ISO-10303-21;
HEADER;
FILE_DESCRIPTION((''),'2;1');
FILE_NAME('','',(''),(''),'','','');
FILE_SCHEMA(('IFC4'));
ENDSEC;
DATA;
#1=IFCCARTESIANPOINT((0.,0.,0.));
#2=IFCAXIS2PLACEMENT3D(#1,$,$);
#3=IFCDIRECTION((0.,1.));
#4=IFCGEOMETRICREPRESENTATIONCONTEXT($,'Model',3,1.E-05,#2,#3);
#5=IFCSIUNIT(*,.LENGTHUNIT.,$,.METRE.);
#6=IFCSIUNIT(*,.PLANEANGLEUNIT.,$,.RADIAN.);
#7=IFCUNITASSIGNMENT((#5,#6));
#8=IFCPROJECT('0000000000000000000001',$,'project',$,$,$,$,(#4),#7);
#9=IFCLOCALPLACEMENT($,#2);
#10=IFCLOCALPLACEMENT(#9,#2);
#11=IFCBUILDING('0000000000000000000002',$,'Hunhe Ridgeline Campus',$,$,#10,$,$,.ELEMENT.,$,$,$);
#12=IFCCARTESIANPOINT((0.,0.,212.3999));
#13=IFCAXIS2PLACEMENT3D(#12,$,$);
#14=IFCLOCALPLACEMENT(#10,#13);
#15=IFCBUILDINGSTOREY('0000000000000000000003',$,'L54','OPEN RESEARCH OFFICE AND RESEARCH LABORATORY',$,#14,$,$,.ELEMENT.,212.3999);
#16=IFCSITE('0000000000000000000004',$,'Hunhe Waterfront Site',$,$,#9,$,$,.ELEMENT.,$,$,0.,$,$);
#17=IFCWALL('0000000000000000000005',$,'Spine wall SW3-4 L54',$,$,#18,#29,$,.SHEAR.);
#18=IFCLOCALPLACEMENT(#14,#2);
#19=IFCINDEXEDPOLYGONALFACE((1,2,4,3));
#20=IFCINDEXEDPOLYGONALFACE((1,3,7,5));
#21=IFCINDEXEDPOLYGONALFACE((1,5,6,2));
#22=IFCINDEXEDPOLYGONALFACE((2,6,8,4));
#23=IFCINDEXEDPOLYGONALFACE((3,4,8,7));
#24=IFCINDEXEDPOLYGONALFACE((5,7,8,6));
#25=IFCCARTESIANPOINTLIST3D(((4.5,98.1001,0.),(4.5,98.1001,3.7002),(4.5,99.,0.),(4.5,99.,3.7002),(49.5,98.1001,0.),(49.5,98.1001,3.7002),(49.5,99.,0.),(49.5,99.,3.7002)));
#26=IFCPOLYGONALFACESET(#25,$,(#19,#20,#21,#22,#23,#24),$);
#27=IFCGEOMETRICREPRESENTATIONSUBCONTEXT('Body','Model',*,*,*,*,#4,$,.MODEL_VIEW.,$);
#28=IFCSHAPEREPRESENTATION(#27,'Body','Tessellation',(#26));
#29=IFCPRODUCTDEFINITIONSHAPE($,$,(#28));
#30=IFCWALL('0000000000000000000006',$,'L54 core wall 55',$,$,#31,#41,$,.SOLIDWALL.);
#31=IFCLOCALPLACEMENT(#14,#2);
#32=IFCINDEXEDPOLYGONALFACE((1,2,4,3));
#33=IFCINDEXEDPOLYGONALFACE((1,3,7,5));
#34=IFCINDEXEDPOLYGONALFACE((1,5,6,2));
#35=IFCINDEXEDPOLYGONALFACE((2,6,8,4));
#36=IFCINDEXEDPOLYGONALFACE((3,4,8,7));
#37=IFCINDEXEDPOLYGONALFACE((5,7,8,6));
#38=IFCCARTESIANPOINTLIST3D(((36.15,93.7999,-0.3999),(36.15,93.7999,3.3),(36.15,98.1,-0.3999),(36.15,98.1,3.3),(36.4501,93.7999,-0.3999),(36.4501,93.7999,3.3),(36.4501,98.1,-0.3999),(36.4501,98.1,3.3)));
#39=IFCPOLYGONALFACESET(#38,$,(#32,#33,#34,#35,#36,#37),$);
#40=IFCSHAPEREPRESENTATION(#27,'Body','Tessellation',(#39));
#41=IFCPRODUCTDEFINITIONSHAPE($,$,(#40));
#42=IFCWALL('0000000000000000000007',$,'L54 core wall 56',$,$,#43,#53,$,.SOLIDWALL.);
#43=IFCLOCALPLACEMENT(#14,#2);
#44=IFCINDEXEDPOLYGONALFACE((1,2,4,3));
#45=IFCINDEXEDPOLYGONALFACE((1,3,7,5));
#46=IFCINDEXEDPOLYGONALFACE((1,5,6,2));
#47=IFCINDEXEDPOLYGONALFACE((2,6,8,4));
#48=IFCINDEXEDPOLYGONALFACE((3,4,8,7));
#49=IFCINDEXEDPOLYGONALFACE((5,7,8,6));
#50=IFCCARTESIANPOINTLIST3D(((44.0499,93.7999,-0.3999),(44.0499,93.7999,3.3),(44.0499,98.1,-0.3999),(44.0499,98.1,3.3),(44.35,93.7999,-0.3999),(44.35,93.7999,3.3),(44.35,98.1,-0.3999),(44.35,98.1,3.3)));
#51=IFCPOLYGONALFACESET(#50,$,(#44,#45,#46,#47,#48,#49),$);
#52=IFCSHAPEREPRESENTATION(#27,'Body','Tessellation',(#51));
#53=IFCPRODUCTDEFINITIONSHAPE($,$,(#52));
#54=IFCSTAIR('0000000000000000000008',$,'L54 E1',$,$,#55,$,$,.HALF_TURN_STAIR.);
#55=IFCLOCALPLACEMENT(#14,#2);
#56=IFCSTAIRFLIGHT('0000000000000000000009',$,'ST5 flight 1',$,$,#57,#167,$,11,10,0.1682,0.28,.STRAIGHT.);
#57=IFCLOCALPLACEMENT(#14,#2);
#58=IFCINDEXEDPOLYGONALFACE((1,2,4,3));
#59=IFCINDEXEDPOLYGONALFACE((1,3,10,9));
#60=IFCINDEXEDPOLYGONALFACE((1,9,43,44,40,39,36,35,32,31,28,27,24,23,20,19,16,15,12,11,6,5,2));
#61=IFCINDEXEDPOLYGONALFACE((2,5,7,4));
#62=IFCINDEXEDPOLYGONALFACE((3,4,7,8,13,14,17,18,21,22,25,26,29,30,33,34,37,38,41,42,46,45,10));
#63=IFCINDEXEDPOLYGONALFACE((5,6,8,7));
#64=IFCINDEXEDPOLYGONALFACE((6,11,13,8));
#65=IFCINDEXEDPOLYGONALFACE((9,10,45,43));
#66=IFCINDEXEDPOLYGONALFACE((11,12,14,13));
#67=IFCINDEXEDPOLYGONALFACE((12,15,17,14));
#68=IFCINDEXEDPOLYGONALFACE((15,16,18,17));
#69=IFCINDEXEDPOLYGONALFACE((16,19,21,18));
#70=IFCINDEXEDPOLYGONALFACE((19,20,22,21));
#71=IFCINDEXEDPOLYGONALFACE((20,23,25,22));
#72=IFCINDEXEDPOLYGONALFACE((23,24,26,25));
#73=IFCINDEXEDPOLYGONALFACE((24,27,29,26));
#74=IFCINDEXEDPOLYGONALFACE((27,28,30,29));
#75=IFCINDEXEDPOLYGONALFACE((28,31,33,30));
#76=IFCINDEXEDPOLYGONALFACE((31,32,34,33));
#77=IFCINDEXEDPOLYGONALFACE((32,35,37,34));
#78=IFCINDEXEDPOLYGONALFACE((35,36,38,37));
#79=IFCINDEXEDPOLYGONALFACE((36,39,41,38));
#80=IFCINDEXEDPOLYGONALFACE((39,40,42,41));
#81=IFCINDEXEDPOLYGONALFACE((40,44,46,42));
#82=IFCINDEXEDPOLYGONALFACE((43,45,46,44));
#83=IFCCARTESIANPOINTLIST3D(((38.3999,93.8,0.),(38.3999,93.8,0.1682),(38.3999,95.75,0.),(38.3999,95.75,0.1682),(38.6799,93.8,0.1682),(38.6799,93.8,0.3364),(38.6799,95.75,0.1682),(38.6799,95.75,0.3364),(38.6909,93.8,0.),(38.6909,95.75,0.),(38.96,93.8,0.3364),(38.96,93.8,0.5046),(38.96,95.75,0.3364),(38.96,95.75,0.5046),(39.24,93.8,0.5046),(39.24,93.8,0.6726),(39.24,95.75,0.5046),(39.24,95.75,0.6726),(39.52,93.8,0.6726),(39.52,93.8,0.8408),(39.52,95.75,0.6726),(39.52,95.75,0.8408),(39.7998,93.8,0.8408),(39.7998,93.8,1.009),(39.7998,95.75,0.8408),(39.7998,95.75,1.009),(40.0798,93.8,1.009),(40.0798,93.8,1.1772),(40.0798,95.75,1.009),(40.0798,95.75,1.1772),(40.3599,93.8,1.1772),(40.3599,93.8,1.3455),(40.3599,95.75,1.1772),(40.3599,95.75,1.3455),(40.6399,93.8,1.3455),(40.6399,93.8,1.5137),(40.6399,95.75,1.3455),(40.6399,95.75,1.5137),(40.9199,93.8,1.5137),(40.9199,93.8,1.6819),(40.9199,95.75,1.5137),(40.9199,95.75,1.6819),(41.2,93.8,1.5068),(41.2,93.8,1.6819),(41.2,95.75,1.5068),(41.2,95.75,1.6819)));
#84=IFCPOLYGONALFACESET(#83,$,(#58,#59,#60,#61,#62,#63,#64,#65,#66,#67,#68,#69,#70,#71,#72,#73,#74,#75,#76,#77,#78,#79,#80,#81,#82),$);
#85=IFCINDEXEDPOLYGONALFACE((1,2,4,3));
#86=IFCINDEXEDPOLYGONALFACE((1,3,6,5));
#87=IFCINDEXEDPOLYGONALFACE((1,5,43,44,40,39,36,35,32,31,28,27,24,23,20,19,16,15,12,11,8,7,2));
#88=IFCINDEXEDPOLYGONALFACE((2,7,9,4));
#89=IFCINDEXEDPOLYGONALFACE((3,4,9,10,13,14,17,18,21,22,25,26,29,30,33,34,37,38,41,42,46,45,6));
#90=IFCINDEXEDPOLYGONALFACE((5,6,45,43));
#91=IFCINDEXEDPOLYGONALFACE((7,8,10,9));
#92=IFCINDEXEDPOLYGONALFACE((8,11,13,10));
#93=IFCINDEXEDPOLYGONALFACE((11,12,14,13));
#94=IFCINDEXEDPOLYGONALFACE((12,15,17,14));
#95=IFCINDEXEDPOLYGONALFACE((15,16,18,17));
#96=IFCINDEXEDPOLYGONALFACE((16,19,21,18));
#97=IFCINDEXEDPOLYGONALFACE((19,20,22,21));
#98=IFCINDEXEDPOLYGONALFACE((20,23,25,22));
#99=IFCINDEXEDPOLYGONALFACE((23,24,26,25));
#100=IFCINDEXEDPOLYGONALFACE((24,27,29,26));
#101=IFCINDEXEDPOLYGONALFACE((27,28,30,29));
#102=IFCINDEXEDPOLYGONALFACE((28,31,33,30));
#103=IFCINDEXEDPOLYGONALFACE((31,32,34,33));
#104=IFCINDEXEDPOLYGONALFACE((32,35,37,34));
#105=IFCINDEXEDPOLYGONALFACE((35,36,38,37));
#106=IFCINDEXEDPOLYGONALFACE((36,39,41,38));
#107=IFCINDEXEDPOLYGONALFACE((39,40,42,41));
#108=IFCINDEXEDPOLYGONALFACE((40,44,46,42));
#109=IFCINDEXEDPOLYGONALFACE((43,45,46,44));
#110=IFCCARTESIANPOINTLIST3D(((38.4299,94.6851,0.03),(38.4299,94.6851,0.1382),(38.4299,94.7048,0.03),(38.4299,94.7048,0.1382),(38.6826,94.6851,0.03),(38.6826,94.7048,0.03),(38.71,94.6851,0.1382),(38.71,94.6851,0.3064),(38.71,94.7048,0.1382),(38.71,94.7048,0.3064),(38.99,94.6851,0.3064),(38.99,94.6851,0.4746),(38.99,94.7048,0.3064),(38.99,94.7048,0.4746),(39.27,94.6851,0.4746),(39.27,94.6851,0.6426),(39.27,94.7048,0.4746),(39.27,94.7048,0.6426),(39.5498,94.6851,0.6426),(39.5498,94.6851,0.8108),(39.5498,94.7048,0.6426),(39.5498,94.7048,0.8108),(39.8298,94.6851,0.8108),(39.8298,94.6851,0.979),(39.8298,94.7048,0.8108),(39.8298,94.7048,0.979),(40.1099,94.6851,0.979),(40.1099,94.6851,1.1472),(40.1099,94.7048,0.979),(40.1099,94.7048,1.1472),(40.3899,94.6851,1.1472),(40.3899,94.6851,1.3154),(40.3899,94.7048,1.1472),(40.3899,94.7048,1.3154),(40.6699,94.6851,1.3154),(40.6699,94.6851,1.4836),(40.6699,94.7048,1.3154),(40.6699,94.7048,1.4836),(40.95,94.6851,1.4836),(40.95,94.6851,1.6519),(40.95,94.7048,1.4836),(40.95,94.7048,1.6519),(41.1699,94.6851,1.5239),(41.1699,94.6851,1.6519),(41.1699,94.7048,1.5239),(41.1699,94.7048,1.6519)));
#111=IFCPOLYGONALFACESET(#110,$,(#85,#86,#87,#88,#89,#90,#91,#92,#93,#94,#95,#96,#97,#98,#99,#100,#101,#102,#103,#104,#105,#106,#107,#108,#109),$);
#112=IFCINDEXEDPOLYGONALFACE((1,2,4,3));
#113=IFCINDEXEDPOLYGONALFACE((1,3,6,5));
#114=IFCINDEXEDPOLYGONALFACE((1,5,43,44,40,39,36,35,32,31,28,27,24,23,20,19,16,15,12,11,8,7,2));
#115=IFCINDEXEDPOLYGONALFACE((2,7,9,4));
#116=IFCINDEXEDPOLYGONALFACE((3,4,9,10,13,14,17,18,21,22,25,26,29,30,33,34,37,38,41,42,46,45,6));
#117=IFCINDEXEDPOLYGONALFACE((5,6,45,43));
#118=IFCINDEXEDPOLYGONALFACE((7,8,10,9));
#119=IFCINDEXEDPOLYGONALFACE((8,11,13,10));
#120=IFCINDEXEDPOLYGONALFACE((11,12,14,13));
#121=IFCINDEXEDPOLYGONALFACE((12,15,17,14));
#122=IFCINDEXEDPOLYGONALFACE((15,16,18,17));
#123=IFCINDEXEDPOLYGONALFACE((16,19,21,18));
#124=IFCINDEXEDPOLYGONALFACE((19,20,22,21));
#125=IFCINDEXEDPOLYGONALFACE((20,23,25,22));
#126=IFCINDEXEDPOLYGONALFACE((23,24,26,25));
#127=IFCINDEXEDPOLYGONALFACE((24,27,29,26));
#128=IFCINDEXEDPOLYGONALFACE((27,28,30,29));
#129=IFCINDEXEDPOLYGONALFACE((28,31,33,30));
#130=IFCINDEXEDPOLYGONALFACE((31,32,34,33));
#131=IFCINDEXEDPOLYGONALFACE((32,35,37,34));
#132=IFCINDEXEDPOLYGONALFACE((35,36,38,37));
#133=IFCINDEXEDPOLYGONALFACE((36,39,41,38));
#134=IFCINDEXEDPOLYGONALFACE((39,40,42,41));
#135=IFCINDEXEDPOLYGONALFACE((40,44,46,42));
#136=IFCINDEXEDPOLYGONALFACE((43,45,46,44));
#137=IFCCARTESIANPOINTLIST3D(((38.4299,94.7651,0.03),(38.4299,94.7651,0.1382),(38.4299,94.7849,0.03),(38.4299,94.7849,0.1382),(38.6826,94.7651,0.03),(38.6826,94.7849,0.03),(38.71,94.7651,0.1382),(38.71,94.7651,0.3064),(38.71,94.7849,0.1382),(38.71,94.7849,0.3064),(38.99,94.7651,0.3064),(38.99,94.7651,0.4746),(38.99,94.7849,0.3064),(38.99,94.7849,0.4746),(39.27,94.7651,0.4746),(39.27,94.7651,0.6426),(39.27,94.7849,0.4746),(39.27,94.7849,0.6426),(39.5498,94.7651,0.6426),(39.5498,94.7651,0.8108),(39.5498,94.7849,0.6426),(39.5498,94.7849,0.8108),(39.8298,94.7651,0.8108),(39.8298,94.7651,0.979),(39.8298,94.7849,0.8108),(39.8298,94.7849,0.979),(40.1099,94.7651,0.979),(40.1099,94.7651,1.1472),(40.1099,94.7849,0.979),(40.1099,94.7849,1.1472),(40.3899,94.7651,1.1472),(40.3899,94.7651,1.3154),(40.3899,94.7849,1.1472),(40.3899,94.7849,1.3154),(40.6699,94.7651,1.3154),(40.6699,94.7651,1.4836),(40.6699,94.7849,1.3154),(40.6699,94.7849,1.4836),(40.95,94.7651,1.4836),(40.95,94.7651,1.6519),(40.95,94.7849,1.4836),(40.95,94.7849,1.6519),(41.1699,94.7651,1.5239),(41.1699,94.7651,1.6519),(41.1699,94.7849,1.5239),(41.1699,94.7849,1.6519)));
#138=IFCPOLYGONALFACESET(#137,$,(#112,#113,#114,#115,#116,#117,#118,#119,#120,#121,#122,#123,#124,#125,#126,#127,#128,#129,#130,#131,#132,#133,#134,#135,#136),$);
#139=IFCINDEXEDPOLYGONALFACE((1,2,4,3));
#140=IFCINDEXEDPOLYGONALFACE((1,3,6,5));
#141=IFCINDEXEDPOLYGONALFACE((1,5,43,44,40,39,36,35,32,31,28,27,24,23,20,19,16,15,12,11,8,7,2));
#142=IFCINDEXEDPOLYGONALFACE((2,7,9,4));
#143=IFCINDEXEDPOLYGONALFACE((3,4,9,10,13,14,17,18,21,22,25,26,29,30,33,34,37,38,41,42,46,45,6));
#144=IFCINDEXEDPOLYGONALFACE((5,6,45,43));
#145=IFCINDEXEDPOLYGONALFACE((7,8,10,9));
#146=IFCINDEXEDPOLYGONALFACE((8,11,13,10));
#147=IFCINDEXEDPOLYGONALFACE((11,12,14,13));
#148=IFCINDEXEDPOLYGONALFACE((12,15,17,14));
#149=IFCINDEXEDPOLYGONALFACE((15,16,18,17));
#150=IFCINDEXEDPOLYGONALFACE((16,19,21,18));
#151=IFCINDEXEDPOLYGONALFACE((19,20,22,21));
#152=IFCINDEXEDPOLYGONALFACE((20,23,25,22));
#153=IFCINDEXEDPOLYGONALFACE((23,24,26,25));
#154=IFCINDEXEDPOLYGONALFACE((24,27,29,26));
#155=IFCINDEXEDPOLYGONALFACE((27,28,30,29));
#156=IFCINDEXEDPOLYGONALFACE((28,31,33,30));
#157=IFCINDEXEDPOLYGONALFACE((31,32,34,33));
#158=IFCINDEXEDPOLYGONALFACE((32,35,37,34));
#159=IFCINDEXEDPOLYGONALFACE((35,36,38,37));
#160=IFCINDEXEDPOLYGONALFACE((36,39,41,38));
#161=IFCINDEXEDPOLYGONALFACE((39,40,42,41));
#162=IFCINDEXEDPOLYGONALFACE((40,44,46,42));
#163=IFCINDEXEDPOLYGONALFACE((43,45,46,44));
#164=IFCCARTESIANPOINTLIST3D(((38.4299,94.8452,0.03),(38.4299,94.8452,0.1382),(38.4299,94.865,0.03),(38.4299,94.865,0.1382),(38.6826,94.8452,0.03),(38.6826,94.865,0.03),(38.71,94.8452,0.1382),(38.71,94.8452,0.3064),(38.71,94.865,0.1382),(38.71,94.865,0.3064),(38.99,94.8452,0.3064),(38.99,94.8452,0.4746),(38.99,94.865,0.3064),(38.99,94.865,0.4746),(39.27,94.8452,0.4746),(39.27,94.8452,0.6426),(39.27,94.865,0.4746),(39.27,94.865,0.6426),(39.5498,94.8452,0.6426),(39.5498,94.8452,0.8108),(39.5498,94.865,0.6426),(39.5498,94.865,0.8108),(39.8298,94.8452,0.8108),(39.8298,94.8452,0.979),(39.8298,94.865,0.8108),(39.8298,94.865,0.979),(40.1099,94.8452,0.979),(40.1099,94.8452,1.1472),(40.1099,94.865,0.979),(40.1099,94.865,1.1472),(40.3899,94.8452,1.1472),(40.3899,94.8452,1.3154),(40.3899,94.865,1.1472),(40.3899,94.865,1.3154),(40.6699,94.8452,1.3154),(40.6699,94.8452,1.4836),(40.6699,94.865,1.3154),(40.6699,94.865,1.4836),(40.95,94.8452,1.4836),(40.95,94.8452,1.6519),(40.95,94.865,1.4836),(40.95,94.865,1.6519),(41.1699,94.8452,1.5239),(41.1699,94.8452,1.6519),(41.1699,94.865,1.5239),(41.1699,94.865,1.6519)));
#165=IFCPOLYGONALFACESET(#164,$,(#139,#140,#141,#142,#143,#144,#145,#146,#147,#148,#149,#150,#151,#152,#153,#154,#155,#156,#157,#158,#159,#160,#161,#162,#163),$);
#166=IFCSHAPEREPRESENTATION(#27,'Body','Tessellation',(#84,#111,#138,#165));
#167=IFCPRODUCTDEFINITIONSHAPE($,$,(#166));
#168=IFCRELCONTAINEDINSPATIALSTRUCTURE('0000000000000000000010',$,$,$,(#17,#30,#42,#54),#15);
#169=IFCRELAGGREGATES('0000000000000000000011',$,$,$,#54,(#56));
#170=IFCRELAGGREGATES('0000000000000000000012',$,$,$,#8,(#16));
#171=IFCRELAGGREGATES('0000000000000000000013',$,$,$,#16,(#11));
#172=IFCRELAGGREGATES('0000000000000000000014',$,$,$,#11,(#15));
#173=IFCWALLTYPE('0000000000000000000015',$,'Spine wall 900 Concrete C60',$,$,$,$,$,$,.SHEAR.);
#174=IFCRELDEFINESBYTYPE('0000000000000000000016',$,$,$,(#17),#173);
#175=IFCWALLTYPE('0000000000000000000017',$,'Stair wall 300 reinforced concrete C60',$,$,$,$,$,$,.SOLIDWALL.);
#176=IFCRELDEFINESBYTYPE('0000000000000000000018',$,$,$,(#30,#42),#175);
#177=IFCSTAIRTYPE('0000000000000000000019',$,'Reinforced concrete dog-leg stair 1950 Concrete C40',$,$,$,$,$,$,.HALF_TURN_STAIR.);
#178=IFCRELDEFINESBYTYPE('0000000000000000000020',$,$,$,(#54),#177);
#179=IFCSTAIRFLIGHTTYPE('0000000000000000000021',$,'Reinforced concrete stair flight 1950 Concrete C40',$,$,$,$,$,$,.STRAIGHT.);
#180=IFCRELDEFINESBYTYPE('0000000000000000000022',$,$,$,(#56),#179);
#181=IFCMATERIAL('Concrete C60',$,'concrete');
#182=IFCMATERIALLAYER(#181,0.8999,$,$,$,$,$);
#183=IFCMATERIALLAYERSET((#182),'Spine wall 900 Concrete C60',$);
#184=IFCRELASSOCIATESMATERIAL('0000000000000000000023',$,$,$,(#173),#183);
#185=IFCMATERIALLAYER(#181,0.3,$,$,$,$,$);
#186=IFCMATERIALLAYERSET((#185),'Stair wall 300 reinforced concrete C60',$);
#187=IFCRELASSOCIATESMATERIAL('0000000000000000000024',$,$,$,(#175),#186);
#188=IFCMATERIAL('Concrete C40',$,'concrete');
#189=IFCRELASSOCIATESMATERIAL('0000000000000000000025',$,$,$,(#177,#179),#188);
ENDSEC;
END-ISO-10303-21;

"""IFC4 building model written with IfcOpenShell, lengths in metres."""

from ifc_helpers import new_model, si_unit, direction, frame, frame_2d, origin, place, context, subcontext, project, spatial, polyline, rectangle, outline, extrude, material, layer, layer_set, type_object, element, aggregate, save


model = new_model("IFC4")

# Units and contexts
model_context = context("Model", 3, precision=1e-05, world=origin(), true_north=direction((0.0, 1.0)))
body_context = subcontext(model_context, "Body", "Model", "MODEL_VIEW")
ifc_project = project(units=[si_unit("LENGTHUNIT", "METRE"), si_unit("PLANEANGLEUNIT", "RADIAN")], contexts=[model_context])

# Site, building, storey
site_placement = place(None, origin())
site = spatial("IfcSite", under=ifc_project, at=site_placement, Name="Hunhe Waterfront Site", CompositionType="ELEMENT", RefElevation=0.0)
building_placement = place(site_placement, origin())
building = spatial("IfcBuilding", under=site, at=building_placement, Name="Hunhe Ridgeline Campus", CompositionType="ELEMENT")
storey_placement = place(building_placement, frame((0.0, 0.0, 212.3999)))
storey = spatial("IfcBuildingStorey", under=building, at=storey_placement, Name="L54", Description="OPEN RESEARCH OFFICE AND RESEARCH LABORATORY", CompositionType="ELEMENT", Elevation=212.3999)

# Shared definitions
ifc_material_1 = material(Name="Concrete C60", Category="concrete")

# Walls
ifc_layer_1 = layer(ifc_material_1, 0.8999)
ifc_layer_set_1 = layer_set([ifc_layer_1], Name="Spine wall 900 Concrete C60")
wall_type_1 = type_object("IfcWallType", Name="Spine wall 900 Concrete C60", PredefinedType="SHEAR", material=ifc_layer_set_1)
wall_1_placement = place(storey_placement, frame((49.5, 98.55, 0.0), z_axis=(0.0, 0.0, 1.0), x_axis=(-1.0, 0.0, 0.0)))
element("IfcWall", 1, at=wall_1_placement, inside=storey, type_object=wall_type_1, Name="Spine wall SW3-4 L54", PredefinedType="SHEAR", context=body_context, shape_type="SweptSolid", body=[
    extrude(rectangle(XDim=45.0, YDim=0.8999, at=frame_2d((22.5, 0.0))), origin(), (0.0, 0.0, 1.0), 3.7002),
])
ifc_layer_2 = layer(ifc_material_1, 0.3)
ifc_layer_set_2 = layer_set([ifc_layer_2], Name="Stair wall 300 reinforced concrete C60")
wall_type_2 = type_object("IfcWallType", Name="Stair wall 300 reinforced concrete C60", PredefinedType="SOLIDWALL", material=ifc_layer_set_2)
for number, where, z_axis, x_axis, name in (
    (2, (36.3, 93.8, -0.3999), (0.0, 0.0, 1.0), (0.0, 1.0, 0.0), "L54 core wall 55"),
    (3, (44.2, 93.8, -0.3999), (0.0, 0.0, 1.0), (0.0, 1.0, 0.0), "L54 core wall 56"),
):
    element("IfcWall", number, at=place(storey_placement, frame(where, z_axis=z_axis, x_axis=x_axis)), inside=storey, type_object=wall_type_2, Name=name, PredefinedType="SOLIDWALL", context=body_context, shape_type="SweptSolid", body=[
        extrude(rectangle(XDim=4.3, YDim=0.3, at=frame_2d((2.1499, 0.0))), origin(), (0.0, 0.0, 1.0), 3.7),
    ])

# Stair, stair flight
ifc_material_2 = material(Name="Concrete C40", Category="concrete")
stair_type = type_object("IfcStairType", Name="Reinforced concrete dog-leg stair 1950 Concrete C40", PredefinedType="HALF_TURN_STAIR", material=ifc_material_2)
stair_placement = place(storey_placement, origin())
stair = element("IfcStair", 4, at=stair_placement, inside=storey, type_object=stair_type, Name="L54 E1", PredefinedType="HALF_TURN_STAIR")
stair_flight_type = type_object("IfcStairFlightType", Name="Reinforced concrete stair flight 1950 Concrete C40", PredefinedType="STRAIGHT", material=ifc_material_2)
stair_flight_1_placement = place(storey_placement, frame((38.3999, 94.7749, 0.0), z_axis=(0.0, 0.0, 1.0), x_axis=(1.0, 0.0, 0.0)))
stair_flight_1 = element("IfcStairFlight", 5, at=stair_flight_1_placement, type_object=stair_flight_type, Name="ST5 flight 1", NumberOfRisers=11, NumberOfTreads=10, PredefinedType="STRAIGHT", RiserHeight=0.1682, TreadLength=0.28, context=body_context, shape_type="SweptSolid", body=[
    extrude(outline(polyline([(0.0, 0.0), (0.0, 0.1682), (0.28, 0.1682), (0.28, 0.3364), (0.5601, 0.3364), (0.5601, 0.5046), (0.8401, 0.5046), (0.8401, 0.6726), (1.1201, 0.6726), (1.1201, 0.8408), (1.3999, 0.8408), (1.3999, 1.009), (1.6799, 1.009), (1.6799, 1.1772), (1.96, 1.1772), (1.96, 1.3455), (2.24, 1.3455), (2.24, 1.5137), (2.52, 1.5137), (2.52, 1.6819), (2.8, 1.6819), (2.8, 1.8501), (2.8, 1.5068), (0.291, 0.0), (0.0, 0.0)])), frame((0.0, 0.9751, 0.0), z_axis=(0.0, -1.0, 0.0), x_axis=(1.0, 0.0, 0.0)), (0.0, 0.0, 1.0), 1.95),
    extrude(outline(polyline([(0.03, 0.03), (0.03, 0.1382), (0.3101, 0.1382), (0.3101, 0.3064), (0.5901, 0.3064), (0.5901, 0.4746), (0.8701, 0.4746), (0.8701, 0.6426), (1.1499, 0.6426), (1.1499, 0.8108), (1.4299, 0.8108), (1.4299, 0.979), (1.71, 0.979), (1.71, 1.1472), (1.99, 1.1472), (1.99, 1.3154), (2.27, 1.3154), (2.27, 1.4836), (2.55, 1.4836), (2.55, 1.6519), (2.77, 1.6519), (2.77, 1.5239), (0.2827, 0.03), (0.03, 0.03)])), frame((0.0, -0.0701, 0.0), z_axis=(0.0, -1.0, 0.0), x_axis=(1.0, 0.0, 0.0)), (0.0, 0.0, 1.0), 0.0198),
    extrude(outline(polyline([(0.03, 0.03), (0.03, 0.1382), (0.3101, 0.1382), (0.3101, 0.3064), (0.5901, 0.3064), (0.5901, 0.4746), (0.8701, 0.4746), (0.8701, 0.6426), (1.1499, 0.6426), (1.1499, 0.8108), (1.4299, 0.8108), (1.4299, 0.979), (1.71, 0.979), (1.71, 1.1472), (1.99, 1.1472), (1.99, 1.3154), (2.27, 1.3154), (2.27, 1.4836), (2.55, 1.4836), (2.55, 1.6519), (2.77, 1.6519), (2.77, 1.5239), (0.2827, 0.03), (0.03, 0.03)])), frame((0.0, 0.01, 0.0), z_axis=(0.0, -1.0, 0.0), x_axis=(1.0, 0.0, 0.0)), (0.0, 0.0, 1.0), 0.0198),
    extrude(outline(polyline([(0.03, 0.03), (0.03, 0.1382), (0.3101, 0.1382), (0.3101, 0.3064), (0.5901, 0.3064), (0.5901, 0.4746), (0.8701, 0.4746), (0.8701, 0.6426), (1.1499, 0.6426), (1.1499, 0.8108), (1.4299, 0.8108), (1.4299, 0.979), (1.71, 0.979), (1.71, 1.1472), (1.99, 1.1472), (1.99, 1.3154), (2.27, 1.3154), (2.27, 1.4836), (2.55, 1.4836), (2.55, 1.6519), (2.77, 1.6519), (2.77, 1.5239), (0.2827, 0.03), (0.03, 0.03)])), frame((0.0, 0.0901, 0.0), z_axis=(0.0, -1.0, 0.0), x_axis=(1.0, 0.0, 0.0)), (0.0, 0.0, 1.0), 0.0198),
])
aggregate(stair, [stair_flight_1])

save(model, "model.ifc")
